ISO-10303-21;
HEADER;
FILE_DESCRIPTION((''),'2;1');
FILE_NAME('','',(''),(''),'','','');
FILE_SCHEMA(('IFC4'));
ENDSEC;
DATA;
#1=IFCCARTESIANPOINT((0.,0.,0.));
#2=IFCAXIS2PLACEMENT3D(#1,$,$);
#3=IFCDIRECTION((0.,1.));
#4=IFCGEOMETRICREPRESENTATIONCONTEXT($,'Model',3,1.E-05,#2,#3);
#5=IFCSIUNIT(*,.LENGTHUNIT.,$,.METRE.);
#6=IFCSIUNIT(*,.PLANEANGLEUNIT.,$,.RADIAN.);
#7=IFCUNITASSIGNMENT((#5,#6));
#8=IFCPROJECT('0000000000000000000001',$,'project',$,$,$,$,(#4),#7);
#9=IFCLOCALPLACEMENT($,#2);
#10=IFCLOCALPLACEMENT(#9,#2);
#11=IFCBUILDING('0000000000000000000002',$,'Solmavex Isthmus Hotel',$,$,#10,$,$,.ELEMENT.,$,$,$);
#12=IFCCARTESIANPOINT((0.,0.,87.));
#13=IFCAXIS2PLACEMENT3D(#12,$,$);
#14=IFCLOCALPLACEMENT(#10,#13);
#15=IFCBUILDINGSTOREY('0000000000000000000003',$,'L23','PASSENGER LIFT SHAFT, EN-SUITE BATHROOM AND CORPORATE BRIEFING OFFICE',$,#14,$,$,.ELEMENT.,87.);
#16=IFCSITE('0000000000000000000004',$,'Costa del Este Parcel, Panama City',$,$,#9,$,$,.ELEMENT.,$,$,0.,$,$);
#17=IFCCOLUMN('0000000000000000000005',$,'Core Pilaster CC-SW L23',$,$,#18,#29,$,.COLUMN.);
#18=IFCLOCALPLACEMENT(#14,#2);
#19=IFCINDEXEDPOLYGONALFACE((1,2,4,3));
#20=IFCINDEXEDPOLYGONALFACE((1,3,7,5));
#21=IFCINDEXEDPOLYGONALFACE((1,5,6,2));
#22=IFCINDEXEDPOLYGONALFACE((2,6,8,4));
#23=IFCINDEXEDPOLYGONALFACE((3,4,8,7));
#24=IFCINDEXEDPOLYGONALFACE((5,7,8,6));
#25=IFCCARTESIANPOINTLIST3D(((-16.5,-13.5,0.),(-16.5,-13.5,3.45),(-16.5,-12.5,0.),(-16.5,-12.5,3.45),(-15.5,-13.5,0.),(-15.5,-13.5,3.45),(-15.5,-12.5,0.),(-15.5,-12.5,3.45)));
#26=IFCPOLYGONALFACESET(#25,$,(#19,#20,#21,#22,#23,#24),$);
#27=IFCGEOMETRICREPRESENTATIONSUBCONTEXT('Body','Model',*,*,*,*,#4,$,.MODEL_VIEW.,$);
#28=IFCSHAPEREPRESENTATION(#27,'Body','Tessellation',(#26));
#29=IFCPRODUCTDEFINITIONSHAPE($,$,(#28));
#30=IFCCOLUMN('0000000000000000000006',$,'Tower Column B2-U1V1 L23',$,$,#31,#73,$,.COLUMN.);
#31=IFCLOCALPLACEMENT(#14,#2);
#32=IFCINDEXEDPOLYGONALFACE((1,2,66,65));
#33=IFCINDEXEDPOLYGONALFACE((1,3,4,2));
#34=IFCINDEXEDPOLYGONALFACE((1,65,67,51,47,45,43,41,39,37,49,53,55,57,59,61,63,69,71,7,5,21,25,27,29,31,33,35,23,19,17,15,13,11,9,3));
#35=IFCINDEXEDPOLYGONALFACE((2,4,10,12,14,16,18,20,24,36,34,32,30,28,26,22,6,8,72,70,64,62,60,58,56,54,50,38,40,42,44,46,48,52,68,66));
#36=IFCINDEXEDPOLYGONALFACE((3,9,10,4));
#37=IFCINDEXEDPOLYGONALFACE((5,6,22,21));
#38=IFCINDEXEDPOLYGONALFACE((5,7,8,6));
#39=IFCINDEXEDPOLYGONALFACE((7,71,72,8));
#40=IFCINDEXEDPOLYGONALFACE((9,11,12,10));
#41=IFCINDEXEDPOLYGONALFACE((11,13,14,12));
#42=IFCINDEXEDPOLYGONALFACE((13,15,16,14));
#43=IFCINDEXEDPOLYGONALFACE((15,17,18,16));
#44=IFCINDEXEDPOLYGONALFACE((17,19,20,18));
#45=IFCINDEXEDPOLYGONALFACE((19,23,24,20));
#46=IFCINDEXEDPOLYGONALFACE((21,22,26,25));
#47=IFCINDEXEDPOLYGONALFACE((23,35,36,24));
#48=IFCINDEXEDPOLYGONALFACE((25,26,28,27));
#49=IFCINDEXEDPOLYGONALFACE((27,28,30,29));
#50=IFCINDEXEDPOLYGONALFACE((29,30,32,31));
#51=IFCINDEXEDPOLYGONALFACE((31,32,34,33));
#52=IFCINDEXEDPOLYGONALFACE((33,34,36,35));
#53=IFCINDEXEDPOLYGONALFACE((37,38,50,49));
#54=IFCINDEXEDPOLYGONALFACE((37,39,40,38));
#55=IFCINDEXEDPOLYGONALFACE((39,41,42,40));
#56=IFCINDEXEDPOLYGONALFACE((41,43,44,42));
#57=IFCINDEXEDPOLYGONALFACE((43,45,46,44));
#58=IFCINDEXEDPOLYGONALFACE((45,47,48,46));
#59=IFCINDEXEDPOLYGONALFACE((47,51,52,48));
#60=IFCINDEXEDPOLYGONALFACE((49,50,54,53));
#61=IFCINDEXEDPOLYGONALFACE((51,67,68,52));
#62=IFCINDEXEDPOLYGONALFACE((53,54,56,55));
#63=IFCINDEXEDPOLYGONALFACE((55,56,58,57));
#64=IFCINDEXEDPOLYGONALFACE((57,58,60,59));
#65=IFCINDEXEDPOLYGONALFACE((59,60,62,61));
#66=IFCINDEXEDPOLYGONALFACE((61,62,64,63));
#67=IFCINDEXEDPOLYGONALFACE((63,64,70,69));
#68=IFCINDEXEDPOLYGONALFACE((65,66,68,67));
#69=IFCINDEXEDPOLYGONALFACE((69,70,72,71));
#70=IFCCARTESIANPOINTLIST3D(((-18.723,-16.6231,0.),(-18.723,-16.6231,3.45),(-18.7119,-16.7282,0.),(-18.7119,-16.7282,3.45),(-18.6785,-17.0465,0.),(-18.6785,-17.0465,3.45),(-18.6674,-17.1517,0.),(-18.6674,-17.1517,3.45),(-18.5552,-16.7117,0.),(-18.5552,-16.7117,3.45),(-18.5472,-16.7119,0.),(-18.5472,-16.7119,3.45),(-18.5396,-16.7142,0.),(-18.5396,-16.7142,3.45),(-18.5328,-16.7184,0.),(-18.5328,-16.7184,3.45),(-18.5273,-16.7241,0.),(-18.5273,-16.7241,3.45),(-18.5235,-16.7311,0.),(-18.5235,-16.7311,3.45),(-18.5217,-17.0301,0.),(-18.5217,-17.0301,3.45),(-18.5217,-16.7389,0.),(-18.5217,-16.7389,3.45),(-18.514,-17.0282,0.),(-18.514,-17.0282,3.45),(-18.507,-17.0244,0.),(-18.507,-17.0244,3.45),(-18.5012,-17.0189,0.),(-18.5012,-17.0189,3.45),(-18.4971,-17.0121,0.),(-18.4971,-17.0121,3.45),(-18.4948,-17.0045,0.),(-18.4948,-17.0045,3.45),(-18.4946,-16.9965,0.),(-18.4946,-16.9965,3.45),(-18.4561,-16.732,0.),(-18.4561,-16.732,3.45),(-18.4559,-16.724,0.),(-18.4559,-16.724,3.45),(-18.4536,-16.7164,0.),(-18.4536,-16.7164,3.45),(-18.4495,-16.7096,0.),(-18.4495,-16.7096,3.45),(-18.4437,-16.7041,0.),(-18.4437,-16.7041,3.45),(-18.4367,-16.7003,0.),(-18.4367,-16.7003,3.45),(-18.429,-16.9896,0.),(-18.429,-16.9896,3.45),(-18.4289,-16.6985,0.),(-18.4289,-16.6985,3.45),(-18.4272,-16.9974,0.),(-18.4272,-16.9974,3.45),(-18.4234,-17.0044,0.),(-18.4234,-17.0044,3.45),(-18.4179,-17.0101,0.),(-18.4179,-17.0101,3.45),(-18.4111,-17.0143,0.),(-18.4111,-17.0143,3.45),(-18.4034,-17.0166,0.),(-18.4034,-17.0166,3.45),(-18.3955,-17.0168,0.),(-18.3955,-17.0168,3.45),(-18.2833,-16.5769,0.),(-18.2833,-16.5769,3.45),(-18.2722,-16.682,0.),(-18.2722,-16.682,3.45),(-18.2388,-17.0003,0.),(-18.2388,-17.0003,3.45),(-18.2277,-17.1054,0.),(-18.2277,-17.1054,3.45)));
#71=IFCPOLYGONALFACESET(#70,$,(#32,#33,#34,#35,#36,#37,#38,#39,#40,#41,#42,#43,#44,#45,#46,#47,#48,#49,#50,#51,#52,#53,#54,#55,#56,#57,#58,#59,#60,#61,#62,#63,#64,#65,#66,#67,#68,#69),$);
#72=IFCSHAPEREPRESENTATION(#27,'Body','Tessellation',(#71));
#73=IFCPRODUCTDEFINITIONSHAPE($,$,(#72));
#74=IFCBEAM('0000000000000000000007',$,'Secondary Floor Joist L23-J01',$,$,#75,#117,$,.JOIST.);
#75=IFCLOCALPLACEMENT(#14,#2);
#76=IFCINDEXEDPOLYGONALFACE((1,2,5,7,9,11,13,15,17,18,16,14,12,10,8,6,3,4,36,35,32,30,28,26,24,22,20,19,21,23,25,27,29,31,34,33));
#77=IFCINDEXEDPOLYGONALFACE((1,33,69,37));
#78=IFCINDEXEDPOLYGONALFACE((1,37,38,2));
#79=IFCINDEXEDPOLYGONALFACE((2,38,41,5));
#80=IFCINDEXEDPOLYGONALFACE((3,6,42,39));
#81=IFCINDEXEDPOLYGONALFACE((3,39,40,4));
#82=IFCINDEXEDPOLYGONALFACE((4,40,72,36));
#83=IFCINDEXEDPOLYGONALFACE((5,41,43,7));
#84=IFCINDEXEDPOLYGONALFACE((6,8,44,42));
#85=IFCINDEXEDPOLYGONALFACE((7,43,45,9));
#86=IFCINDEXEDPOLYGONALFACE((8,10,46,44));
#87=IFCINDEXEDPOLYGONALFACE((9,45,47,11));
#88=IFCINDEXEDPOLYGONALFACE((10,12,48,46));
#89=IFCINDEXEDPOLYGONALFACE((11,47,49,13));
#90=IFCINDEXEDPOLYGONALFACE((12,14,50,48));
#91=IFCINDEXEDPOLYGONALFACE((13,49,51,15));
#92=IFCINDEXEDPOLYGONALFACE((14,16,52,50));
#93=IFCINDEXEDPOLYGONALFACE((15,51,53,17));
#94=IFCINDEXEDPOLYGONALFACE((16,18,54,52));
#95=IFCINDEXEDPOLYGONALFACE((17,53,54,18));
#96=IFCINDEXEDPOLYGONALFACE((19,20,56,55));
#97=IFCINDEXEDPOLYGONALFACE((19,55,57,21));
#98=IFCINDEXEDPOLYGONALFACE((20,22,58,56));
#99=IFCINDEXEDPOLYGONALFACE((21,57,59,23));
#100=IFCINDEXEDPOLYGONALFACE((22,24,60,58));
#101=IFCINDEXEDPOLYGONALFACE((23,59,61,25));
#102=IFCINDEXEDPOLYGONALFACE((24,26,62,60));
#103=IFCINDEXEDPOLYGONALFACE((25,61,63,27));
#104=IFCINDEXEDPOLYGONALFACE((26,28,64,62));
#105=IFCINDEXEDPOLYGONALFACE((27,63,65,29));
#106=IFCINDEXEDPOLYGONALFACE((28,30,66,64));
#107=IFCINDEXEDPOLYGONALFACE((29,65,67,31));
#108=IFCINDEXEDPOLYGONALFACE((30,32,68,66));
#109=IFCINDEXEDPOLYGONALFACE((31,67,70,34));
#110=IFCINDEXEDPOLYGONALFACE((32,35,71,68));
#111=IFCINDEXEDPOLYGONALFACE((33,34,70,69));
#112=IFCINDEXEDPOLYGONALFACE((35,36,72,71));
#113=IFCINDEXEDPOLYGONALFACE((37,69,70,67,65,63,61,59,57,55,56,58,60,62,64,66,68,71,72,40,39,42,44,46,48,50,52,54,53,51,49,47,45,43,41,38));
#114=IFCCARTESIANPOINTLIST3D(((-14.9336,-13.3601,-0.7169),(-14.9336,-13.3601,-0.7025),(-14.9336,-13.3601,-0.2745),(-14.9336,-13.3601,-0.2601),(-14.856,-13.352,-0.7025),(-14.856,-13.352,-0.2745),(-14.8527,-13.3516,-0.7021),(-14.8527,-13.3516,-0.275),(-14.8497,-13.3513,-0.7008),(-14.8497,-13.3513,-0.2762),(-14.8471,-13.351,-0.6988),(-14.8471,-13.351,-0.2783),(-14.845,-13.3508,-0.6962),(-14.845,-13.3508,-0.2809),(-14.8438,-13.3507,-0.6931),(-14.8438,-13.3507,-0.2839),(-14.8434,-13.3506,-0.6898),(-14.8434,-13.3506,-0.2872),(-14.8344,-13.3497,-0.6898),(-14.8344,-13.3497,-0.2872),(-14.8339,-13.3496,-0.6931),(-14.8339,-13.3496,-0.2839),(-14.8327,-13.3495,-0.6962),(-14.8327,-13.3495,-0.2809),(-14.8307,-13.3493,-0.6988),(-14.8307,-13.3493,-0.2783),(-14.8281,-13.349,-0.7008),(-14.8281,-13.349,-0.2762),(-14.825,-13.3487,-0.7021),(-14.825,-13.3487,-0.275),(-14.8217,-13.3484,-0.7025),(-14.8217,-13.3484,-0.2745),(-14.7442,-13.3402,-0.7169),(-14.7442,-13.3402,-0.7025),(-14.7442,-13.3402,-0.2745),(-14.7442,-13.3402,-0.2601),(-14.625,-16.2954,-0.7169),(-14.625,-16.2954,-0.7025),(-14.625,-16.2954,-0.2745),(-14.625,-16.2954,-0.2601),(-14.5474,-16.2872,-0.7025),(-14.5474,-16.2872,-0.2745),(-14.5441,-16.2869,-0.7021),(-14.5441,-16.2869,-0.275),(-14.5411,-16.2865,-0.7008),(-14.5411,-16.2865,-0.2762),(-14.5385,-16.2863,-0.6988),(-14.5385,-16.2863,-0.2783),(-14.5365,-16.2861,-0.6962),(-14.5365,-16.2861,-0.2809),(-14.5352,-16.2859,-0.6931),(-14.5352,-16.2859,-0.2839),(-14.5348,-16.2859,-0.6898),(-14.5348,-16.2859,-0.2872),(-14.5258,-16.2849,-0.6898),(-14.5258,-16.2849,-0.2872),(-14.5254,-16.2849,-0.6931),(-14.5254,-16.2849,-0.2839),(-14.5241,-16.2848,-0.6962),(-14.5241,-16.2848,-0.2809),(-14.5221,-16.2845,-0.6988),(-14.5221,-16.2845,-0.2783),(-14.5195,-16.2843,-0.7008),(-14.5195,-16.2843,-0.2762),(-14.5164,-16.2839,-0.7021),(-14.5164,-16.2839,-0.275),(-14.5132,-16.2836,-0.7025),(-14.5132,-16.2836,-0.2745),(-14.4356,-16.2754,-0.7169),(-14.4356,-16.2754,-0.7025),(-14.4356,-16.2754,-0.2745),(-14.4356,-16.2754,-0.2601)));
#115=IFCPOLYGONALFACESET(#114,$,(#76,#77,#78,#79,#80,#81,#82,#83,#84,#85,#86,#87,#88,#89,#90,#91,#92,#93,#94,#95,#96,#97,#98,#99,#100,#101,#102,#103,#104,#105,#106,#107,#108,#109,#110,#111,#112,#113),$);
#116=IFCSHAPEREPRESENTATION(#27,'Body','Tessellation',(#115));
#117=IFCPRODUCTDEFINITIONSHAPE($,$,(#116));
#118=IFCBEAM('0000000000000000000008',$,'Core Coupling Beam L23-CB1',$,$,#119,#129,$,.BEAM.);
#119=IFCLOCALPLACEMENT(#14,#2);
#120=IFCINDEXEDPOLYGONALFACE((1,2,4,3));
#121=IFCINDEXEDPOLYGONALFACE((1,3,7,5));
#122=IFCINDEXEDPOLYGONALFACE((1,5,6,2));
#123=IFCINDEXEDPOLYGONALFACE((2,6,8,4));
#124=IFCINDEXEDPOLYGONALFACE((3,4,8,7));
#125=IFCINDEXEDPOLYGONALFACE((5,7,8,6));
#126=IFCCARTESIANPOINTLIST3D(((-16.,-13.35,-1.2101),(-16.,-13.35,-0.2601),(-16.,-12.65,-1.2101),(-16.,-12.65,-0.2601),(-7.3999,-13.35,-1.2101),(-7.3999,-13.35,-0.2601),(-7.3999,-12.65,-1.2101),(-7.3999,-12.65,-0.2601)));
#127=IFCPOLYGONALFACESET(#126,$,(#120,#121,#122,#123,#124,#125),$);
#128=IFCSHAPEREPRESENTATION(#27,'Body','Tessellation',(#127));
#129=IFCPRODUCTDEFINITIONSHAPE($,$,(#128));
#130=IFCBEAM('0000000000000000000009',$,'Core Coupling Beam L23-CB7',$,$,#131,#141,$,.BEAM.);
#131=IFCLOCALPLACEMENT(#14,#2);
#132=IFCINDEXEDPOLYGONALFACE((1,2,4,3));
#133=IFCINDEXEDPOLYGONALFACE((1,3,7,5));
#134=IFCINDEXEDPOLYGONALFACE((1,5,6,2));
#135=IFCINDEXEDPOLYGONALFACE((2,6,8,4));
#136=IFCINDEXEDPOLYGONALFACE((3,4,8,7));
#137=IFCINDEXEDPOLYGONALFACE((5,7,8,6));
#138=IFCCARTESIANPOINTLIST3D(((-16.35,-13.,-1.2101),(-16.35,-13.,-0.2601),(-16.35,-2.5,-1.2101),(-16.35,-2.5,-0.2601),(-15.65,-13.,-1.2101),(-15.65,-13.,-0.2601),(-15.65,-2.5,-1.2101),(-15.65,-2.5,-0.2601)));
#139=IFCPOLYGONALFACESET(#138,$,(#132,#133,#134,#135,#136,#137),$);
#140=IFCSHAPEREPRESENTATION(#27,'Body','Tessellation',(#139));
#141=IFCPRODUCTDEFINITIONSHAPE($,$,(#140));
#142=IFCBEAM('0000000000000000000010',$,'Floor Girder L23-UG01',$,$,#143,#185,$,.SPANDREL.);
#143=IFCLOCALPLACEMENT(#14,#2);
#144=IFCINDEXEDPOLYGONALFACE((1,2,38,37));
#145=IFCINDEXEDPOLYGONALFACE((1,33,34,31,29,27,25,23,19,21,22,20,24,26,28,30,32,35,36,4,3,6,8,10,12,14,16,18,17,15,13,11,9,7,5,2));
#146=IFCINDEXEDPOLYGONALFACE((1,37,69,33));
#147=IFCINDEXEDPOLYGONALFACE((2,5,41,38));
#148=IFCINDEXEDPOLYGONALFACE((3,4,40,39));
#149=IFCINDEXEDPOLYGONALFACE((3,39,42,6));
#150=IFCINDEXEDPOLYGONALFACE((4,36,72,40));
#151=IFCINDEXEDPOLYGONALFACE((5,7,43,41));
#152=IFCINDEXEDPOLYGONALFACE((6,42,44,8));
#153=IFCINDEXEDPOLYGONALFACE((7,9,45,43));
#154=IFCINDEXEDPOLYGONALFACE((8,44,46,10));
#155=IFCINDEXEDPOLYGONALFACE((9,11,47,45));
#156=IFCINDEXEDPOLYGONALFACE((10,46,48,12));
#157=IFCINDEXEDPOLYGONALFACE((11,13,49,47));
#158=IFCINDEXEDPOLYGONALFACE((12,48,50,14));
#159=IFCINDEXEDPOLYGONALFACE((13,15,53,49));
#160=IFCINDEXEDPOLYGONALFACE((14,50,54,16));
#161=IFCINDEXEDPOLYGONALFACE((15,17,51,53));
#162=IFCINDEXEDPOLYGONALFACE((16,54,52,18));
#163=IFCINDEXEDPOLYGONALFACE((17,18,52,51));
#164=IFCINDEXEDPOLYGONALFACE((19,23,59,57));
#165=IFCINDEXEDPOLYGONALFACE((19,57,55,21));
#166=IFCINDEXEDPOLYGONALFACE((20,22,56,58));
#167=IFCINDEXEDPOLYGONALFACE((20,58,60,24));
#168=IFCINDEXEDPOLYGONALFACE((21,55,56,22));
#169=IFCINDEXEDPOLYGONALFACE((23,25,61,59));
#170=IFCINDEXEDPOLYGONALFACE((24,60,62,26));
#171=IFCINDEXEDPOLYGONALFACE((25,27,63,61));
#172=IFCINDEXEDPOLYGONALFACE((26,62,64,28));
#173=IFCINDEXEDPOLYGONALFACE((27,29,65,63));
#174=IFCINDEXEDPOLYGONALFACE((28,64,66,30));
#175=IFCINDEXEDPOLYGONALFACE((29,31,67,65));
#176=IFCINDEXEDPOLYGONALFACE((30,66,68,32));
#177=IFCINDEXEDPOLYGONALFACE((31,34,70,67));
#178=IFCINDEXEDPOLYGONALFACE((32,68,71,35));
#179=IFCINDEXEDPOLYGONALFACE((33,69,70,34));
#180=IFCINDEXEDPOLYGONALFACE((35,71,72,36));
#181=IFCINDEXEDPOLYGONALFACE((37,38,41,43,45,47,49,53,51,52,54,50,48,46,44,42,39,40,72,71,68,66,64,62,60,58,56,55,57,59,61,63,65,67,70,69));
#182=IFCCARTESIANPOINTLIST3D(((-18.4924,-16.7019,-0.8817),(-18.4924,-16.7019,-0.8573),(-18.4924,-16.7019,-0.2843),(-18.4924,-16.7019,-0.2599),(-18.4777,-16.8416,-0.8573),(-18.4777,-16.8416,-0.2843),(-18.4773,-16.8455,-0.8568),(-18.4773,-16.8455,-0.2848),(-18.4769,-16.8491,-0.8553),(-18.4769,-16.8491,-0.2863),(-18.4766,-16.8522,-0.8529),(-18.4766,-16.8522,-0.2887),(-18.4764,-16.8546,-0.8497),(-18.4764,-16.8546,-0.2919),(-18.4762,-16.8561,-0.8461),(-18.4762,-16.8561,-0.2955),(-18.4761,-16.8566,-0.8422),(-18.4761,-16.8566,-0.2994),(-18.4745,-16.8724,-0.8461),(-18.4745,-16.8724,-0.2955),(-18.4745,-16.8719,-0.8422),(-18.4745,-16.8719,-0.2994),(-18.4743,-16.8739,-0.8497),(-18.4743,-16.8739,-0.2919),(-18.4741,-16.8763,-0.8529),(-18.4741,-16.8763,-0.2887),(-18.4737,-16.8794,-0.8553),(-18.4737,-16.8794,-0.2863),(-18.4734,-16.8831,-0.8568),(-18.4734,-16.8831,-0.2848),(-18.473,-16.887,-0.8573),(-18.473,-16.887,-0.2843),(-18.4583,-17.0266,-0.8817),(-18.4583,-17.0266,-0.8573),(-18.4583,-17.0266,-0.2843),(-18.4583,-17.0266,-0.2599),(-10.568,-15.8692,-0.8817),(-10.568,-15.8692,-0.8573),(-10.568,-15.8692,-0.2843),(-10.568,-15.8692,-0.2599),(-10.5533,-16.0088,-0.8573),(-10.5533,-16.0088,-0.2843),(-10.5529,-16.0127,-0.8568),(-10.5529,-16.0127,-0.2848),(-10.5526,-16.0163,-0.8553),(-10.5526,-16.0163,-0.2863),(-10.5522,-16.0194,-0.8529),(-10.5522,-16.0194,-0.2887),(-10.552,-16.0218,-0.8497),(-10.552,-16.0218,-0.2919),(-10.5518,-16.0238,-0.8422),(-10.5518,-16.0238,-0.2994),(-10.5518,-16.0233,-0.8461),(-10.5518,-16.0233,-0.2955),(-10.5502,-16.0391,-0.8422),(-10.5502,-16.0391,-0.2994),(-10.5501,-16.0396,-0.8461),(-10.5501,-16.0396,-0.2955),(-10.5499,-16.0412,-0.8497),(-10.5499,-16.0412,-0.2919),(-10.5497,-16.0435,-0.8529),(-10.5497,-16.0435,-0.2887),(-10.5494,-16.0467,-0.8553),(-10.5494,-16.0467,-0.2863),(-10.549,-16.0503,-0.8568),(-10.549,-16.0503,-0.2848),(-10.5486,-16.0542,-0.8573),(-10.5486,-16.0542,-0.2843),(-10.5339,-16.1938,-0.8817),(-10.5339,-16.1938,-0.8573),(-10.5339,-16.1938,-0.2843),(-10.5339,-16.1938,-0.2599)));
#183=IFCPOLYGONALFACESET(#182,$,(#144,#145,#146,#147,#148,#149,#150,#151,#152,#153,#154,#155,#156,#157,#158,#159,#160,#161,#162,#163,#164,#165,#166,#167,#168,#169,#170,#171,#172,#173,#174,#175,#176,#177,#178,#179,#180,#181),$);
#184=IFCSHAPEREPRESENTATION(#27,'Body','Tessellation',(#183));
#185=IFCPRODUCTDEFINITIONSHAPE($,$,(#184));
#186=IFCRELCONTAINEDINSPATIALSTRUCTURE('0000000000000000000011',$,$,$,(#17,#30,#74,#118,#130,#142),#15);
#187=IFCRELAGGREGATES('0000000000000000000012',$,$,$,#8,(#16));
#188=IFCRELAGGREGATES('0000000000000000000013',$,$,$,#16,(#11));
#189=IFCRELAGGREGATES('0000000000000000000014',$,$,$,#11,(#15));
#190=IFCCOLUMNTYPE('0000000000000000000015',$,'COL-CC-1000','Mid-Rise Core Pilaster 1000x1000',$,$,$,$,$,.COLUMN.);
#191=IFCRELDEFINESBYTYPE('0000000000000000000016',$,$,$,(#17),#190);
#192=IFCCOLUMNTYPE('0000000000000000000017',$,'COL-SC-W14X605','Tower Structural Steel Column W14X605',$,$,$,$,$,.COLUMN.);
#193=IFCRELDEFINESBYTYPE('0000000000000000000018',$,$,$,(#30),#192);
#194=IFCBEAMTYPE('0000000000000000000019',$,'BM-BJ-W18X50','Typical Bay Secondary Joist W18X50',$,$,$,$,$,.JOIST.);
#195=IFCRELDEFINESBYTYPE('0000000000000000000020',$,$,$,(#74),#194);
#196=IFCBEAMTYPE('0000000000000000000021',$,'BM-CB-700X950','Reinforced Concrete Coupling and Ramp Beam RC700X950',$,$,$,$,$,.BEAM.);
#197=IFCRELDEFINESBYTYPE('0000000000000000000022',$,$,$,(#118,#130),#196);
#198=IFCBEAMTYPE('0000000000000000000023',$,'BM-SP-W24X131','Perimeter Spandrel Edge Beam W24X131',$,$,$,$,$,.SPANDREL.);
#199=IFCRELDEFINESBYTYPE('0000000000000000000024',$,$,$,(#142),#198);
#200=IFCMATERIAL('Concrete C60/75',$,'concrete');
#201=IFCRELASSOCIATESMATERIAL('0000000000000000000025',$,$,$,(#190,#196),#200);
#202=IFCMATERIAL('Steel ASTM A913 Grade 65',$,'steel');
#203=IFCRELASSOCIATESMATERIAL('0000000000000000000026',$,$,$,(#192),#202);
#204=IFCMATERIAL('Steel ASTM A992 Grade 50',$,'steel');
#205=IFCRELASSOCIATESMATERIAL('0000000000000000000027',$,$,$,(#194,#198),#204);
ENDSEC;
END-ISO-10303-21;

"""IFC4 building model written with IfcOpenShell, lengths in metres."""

from ifc_helpers import new_model, si_unit, direction, frame, origin, origin_2d, place, context, subcontext, project, spatial, rectangle, i_section, extrude, material, material_profile, profile_set, type_object, element, save


model = new_model("IFC4")

# Units and contexts
model_context = context("Model", 3, precision=1e-05, world=origin(), true_north=direction((0.0, 1.0)))
body_context = subcontext(model_context, "Body", "Model", "MODEL_VIEW")
ifc_project = project(units=[si_unit("LENGTHUNIT", "METRE"), si_unit("PLANEANGLEUNIT", "RADIAN")], contexts=[model_context])

# Site, building, storey
site_placement = place(None, origin())
site = spatial("IfcSite", under=ifc_project, at=site_placement, Name="Costa del Este Parcel, Panama City", CompositionType="ELEMENT", RefElevation=0.0)
building_placement = place(site_placement, origin())
building = spatial("IfcBuilding", under=site, at=building_placement, Name="Solmavex Isthmus Hotel", CompositionType="ELEMENT")
storey_placement = place(building_placement, frame((0.0, 0.0, 87.0)))
storey = spatial("IfcBuildingStorey", under=building, at=storey_placement, Name="L23", Description="PASSENGER LIFT SHAFT, EN-SUITE BATHROOM AND CORPORATE BRIEFING OFFICE", CompositionType="ELEMENT", Elevation=87.0)

# Columns
ifc_material_1 = material(Name="Concrete C60/75", Category="concrete")
ifc_material_profile_1 = material_profile(ifc_material_1, rectangle(XDim=1.0, YDim=1.0, at=origin_2d()), Name="RC1000X1000")
ifc_profile_set_1 = profile_set([ifc_material_profile_1], Name="Concrete C60/75")
column_type_1 = type_object("IfcColumnType", Name="COL-CC-1000", Description="Mid-Rise Core Pilaster 1000x1000", PredefinedType="COLUMN", material=ifc_profile_set_1)
column_1_placement = place(storey_placement, frame((-16.0, -13.0, 0.0), z_axis=(0.0, 0.0, 1.0), x_axis=(1.0, 0.0, 0.0)))
element("IfcColumn", 1, at=column_1_placement, inside=storey, type_object=column_type_1, Name="Core Pilaster CC-SW L23", PredefinedType="COLUMN", context=body_context, shape_type="SweptSolid", body=[
    extrude(rectangle(XDim=1.0, YDim=1.0, at=origin_2d()), origin(), (0.0, 0.0, 1.0), 3.45),
])
ifc_material_2 = material(Name="Steel ASTM A913 Grade 65", Category="steel")
ifc_material_profile_2 = material_profile(ifc_material_2, i_section(OverallWidth=0.4421, OverallDepth=0.5315, WebThickness=0.0659, FlangeThickness=0.1057, FilletRadius=0.0305, at=origin_2d()), Name="W14X605")
ifc_profile_set_2 = profile_set([ifc_material_profile_2], Name="Steel ASTM A913 Grade 65")
column_type_2 = type_object("IfcColumnType", Name="COL-SC-W14X605", Description="Tower Structural Steel Column W14X605", PredefinedType="COLUMN", material=ifc_profile_set_2)
column_2_placement = place(storey_placement, frame((-18.4753, -16.8643, 0.0), z_axis=(0.0, 0.0, 1.0), x_axis=(0.994522, 0.104528, 0.0)))
element("IfcColumn", 2, at=column_2_placement, inside=storey, type_object=column_type_2, Name="Tower Column B2-U1V1 L23", PredefinedType="COLUMN", context=body_context, shape_type="SweptSolid", body=[
    extrude(i_section(OverallWidth=0.4421, OverallDepth=0.5315, WebThickness=0.0659, FlangeThickness=0.1057, FilletRadius=0.0305, at=origin_2d()), origin(), (0.0, 0.0, 1.0), 3.45),
])

# Beams
ifc_material_3 = material(Name="Steel ASTM A992 Grade 50", Category="steel")
ifc_material_profile_3 = material_profile(ifc_material_3, i_section(OverallWidth=0.1904, OverallDepth=0.4568, WebThickness=0.009, FlangeThickness=0.0144, FilletRadius=0.0127, at=origin_2d()), Name="W18X50")
ifc_profile_set_3 = profile_set([ifc_material_profile_3], Name="Steel ASTM A992 Grade 50")
beam_type_1 = type_object("IfcBeamType", Name="BM-BJ-W18X50", Description="Typical Bay Secondary Joist W18X50", PredefinedType="JOIST", material=ifc_profile_set_3)
beam_1_placement = place(storey_placement, frame((-14.5303, -16.2854, -0.4885), z_axis=(-0.104556, 0.994519, 0.0), x_axis=(-0.994519, -0.104556, 0.0)))
element("IfcBeam", 3, at=beam_1_placement, inside=storey, type_object=beam_type_1, Name="Secondary Floor Joist L23-J01", PredefinedType="JOIST", context=body_context, shape_type="SweptSolid", body=[
    extrude(i_section(OverallWidth=0.1904, OverallDepth=0.4568, WebThickness=0.009, FlangeThickness=0.0144, FilletRadius=0.0127, at=origin_2d()), origin(), (0.0, 0.0, 1.0), 2.9514),
])
ifc_material_profile_4 = material_profile(ifc_material_1, rectangle(XDim=0.7, YDim=0.95, at=origin_2d()), Name="RC700X950")
ifc_profile_set_4 = profile_set([ifc_material_profile_4], Name="Concrete C60/75")
beam_type_2 = type_object("IfcBeamType", Name="BM-CB-700X950", Description="Reinforced Concrete Coupling and Ramp Beam RC700X950", PredefinedType="BEAM", material=ifc_profile_set_4)
beam_2_placement = place(storey_placement, frame((-16.0, -13.0, -0.7351), z_axis=(1.0, 0.0, 0.0), x_axis=(0.0, 1.0, 0.0)))
element("IfcBeam", 4, at=beam_2_placement, inside=storey, type_object=beam_type_2, Name="Core Coupling Beam L23-CB1", PredefinedType="BEAM", context=body_context, shape_type="SweptSolid", body=[
    extrude(rectangle(XDim=0.7, YDim=0.95, at=origin_2d()), origin(), (0.0, 0.0, 1.0), 8.6001),
])
beam_3_placement = place(storey_placement, frame((-16.0, -13.0, -0.7351), z_axis=(0.0, 1.0, 0.0), x_axis=(-1.0, 0.0, 0.0)))
element("IfcBeam", 5, at=beam_3_placement, inside=storey, type_object=beam_type_2, Name="Core Coupling Beam L23-CB7", PredefinedType="BEAM", context=body_context, shape_type="SweptSolid", body=[
    extrude(rectangle(XDim=0.7, YDim=0.95, at=origin_2d()), origin(), (0.0, 0.0, 1.0), 10.5),
])
ifc_material_profile_5 = material_profile(ifc_material_3, i_section(OverallWidth=0.3264, OverallDepth=0.6218, WebThickness=0.0154, FlangeThickness=0.0244, FilletRadius=0.0151, at=origin_2d()), Name="W24X131")
ifc_profile_set_5 = profile_set([ifc_material_profile_5], Name="Steel ASTM A992 Grade 50")
beam_type_3 = type_object("IfcBeamType", Name="BM-SP-W24X131", Description="Perimeter Spandrel Edge Beam W24X131", PredefinedType="SPANDREL", material=ifc_profile_set_5)
beam_4_placement = place(storey_placement, frame((-18.4753, -16.8643, -0.5708), z_axis=(0.994523, 0.104514, 0.0), x_axis=(-0.104514, 0.994523, 0.0)))
element("IfcBeam", 6, at=beam_4_placement, inside=storey, type_object=beam_type_3, Name="Floor Girder L23-UG01", PredefinedType="SPANDREL", context=body_context, shape_type="SweptSolid", body=[
    extrude(i_section(OverallWidth=0.3264, OverallDepth=0.6218, WebThickness=0.0154, FlangeThickness=0.0244, FilletRadius=0.0151, at=origin_2d()), origin(), (0.0, 0.0, 1.0), 7.968),
])

save(model, "model.ifc")
